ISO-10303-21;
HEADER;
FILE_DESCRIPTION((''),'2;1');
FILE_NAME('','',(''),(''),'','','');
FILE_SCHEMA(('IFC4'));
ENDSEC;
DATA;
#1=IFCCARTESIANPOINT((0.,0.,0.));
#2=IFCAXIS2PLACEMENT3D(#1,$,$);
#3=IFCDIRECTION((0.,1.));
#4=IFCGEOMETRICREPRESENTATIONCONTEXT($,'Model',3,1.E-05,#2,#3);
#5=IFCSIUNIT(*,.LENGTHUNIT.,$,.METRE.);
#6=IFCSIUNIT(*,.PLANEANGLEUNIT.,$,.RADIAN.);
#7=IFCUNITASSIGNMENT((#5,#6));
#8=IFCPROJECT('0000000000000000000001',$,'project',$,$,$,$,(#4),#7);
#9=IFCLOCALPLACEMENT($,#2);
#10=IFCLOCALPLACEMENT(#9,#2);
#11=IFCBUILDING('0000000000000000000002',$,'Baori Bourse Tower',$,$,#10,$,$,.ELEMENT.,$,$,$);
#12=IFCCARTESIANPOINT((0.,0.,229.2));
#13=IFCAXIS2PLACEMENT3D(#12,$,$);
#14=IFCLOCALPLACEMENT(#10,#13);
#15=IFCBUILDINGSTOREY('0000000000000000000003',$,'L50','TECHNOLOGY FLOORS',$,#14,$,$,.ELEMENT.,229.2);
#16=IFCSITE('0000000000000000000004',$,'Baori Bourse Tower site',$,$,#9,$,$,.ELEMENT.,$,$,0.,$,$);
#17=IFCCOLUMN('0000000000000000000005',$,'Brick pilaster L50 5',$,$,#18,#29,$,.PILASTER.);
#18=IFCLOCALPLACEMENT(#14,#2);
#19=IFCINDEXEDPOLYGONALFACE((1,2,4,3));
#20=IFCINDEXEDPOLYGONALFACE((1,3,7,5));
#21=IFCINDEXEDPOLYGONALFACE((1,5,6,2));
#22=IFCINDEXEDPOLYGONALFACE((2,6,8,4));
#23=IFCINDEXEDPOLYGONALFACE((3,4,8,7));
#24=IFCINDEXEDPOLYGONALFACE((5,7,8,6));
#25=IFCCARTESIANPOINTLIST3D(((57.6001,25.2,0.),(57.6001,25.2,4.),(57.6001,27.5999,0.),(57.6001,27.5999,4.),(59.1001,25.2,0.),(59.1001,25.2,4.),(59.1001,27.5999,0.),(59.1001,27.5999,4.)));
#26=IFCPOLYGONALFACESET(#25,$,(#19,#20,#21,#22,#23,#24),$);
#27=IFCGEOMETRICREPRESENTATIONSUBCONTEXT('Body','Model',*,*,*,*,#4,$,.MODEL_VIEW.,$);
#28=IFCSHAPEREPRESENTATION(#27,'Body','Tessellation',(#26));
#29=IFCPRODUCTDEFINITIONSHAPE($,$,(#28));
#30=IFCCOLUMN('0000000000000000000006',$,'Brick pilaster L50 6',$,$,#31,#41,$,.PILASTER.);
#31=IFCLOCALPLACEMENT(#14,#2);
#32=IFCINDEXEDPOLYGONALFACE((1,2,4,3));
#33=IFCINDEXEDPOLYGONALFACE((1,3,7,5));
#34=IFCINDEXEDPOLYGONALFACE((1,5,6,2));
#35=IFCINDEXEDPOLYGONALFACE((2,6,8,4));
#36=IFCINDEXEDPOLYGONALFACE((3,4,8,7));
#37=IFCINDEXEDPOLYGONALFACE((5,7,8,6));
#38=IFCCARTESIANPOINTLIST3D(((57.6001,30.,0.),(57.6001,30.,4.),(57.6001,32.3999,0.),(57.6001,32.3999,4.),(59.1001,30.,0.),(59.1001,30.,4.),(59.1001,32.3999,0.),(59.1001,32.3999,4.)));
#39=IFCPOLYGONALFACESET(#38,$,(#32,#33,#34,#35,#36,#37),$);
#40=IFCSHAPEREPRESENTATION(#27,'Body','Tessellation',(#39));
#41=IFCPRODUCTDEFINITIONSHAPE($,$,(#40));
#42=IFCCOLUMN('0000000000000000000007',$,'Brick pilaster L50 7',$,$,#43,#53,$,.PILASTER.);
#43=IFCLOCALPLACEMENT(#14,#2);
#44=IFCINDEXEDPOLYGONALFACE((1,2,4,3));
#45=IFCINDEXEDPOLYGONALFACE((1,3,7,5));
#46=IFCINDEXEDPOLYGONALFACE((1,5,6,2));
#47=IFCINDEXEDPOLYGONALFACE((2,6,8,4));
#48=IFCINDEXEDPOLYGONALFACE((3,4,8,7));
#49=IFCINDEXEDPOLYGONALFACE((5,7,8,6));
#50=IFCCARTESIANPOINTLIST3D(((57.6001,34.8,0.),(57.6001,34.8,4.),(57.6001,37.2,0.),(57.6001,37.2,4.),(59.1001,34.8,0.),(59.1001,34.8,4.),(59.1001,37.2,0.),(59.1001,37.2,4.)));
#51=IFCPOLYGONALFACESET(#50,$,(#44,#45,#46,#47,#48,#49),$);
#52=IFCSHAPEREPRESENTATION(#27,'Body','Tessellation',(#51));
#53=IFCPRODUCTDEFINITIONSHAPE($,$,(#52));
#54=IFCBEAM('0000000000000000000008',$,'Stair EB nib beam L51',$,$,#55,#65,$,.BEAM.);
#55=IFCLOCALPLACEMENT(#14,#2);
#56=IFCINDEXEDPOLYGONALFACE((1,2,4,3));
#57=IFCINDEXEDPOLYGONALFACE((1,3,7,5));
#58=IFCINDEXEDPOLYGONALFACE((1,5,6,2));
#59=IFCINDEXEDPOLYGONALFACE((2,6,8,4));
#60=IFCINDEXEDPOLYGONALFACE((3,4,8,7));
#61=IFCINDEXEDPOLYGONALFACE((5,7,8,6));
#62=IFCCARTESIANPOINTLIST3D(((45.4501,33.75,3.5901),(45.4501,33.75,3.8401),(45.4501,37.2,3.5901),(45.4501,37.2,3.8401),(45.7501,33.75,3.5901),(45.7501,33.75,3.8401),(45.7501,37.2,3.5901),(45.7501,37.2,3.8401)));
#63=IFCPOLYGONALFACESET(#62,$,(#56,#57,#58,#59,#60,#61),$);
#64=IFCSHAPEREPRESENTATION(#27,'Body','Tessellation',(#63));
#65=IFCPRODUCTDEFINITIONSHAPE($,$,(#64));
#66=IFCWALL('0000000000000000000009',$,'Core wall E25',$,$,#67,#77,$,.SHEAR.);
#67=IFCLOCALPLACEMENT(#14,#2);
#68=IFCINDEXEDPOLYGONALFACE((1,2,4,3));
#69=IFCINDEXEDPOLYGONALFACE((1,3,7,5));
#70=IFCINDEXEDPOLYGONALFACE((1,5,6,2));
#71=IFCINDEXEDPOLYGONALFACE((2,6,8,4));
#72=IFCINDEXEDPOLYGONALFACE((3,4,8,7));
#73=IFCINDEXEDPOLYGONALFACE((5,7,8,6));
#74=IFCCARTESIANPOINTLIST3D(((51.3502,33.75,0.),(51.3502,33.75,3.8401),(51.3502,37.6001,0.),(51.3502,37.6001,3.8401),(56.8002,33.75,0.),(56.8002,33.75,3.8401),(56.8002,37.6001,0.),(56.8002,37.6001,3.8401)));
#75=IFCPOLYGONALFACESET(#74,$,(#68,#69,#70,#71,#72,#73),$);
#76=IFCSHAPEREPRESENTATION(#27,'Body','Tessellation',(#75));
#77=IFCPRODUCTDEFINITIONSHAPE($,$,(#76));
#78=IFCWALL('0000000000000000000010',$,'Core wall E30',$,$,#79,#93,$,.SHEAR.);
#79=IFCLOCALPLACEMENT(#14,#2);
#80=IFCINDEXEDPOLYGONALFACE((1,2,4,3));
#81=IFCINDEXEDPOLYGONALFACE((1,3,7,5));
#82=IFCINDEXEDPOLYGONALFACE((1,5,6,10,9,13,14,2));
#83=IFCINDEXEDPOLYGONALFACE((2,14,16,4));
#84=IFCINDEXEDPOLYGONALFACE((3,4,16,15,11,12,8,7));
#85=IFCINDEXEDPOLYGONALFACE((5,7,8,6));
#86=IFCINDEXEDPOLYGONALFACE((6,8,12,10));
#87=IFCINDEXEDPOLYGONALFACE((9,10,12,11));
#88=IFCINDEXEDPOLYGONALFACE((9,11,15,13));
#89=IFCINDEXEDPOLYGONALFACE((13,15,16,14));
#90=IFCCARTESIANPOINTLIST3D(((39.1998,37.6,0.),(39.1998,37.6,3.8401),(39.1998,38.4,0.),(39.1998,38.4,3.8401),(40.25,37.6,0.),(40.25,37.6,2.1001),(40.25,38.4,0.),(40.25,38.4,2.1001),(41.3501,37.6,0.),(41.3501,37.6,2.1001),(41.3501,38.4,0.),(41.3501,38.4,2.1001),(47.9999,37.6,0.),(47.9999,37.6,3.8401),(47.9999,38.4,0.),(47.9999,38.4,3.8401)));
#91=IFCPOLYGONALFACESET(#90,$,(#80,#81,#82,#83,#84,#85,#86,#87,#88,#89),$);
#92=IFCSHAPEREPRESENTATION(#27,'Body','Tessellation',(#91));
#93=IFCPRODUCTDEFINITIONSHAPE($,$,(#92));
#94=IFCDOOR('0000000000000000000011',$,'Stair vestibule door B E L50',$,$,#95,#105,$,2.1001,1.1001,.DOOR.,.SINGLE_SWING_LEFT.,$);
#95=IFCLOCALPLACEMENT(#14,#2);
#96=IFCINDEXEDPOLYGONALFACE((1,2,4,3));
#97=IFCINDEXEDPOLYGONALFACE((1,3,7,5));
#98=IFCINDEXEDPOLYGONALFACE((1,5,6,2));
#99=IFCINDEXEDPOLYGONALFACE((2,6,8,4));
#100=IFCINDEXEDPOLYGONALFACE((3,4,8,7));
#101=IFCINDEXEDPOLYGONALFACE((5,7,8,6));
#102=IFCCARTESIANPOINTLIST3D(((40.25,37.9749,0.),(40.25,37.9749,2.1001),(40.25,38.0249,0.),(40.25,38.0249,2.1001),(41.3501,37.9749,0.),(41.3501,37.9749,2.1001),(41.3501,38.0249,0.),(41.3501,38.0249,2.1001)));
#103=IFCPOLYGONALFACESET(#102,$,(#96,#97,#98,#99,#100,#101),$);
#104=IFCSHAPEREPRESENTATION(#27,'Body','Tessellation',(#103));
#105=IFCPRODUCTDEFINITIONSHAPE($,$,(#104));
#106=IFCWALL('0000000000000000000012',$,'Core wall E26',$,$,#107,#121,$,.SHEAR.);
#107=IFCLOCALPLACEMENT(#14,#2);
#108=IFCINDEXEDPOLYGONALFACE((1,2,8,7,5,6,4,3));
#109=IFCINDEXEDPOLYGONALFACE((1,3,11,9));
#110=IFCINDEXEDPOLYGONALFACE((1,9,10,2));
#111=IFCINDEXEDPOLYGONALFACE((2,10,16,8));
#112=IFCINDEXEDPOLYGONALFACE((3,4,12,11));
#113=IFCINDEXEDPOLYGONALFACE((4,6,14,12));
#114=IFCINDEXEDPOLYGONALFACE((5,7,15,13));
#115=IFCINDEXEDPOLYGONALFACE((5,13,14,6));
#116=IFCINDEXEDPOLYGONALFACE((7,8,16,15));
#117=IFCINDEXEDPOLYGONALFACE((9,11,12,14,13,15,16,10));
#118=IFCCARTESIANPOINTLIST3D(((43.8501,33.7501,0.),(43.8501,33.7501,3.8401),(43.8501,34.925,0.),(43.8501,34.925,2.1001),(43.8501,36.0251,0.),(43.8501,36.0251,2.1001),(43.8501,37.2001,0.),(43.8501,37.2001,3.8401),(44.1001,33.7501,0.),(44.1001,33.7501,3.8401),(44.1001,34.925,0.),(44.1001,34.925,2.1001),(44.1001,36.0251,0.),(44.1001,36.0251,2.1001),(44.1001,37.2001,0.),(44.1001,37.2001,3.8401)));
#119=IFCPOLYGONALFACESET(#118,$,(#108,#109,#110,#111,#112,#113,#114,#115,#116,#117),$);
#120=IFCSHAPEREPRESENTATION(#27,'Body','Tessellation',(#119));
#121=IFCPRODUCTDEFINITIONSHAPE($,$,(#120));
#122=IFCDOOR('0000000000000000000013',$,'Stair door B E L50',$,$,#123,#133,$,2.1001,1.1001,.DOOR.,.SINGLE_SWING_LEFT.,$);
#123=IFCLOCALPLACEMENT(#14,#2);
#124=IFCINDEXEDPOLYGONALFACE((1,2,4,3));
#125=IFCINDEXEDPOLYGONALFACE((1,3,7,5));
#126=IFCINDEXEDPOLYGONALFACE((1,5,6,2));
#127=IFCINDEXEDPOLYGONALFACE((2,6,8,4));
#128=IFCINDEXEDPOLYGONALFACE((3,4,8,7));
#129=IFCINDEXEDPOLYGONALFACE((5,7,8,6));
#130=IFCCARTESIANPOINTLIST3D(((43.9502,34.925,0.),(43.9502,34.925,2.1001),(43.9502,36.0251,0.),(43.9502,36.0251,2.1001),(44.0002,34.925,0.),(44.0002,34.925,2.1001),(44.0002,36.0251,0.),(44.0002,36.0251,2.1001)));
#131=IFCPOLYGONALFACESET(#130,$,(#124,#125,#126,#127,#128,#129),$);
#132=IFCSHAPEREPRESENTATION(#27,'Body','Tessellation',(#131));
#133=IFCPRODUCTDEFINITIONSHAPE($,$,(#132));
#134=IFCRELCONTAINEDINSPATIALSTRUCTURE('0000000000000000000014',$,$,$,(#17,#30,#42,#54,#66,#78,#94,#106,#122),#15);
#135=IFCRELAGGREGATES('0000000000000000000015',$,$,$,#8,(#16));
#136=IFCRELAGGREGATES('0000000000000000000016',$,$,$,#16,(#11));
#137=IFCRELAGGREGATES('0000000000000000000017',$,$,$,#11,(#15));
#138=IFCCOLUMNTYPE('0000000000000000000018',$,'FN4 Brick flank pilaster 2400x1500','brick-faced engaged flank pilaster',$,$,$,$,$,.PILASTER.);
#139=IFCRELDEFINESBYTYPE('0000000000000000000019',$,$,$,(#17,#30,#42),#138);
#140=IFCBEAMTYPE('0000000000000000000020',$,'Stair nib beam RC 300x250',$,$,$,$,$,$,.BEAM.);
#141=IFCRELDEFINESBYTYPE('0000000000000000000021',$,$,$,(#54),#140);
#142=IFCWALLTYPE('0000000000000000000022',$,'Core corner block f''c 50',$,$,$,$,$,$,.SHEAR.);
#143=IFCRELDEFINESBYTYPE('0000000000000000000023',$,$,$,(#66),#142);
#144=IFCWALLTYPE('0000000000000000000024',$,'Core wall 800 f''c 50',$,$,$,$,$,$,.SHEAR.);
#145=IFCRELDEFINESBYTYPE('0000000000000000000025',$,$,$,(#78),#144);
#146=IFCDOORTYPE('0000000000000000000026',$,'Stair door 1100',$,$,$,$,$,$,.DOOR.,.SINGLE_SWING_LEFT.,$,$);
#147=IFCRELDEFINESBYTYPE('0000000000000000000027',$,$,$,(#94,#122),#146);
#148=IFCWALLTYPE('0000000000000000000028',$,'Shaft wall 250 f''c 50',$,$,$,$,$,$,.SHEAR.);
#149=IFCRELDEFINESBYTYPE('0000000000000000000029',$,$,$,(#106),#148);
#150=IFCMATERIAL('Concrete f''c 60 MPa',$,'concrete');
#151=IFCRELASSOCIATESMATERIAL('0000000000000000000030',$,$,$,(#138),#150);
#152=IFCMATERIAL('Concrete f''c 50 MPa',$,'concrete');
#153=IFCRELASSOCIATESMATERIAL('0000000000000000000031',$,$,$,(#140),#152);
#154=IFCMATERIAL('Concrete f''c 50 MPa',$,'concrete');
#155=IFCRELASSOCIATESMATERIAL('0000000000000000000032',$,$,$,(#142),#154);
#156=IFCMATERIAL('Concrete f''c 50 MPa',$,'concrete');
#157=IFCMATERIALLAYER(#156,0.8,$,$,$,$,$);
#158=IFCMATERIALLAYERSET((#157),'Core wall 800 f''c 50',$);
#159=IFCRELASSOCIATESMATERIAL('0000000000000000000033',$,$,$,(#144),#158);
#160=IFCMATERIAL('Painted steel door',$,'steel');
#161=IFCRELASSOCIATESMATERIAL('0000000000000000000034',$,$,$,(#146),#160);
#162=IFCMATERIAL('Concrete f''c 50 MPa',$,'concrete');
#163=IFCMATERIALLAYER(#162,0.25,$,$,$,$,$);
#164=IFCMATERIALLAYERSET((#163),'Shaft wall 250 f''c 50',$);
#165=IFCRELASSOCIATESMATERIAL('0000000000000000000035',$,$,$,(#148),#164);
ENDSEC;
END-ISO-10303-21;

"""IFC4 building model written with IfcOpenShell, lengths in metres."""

from ifc_helpers import new_model, si_unit, direction, frame, frame_2d, origin, origin_2d, place, context, subcontext, project, spatial, rectangle, extrude, material, layer, layer_set, material_profile, profile_set, type_object, element, fill, save


model = new_model("IFC4")

# Units and contexts
model_context = context("Model", 3, precision=1e-05, world=origin(), true_north=direction((0.0, 1.0)))
body_context = subcontext(model_context, "Body", "Model", "MODEL_VIEW")
ifc_project = project(units=[si_unit("LENGTHUNIT", "METRE"), si_unit("PLANEANGLEUNIT", "RADIAN")], contexts=[model_context])

# Site, building, storey
site_placement = place(None, origin())
site = spatial("IfcSite", under=ifc_project, at=site_placement, Name="Baori Bourse Tower site", CompositionType="ELEMENT", RefElevation=0.0)
building_placement = place(site_placement, origin())
building = spatial("IfcBuilding", under=site, at=building_placement, Name="Baori Bourse Tower", CompositionType="ELEMENT")
storey_placement = place(building_placement, frame((0.0, 0.0, 229.2)))
storey = spatial("IfcBuildingStorey", under=building, at=storey_placement, Name="L50", Description="TECHNOLOGY FLOORS", CompositionType="ELEMENT", Elevation=229.2)

# Columns
ifc_material_1 = material(Name="Concrete f'c 60 MPa", Category="concrete")
ifc_material_profile_1 = material_profile(ifc_material_1, rectangle(XDim=2.3999, YDim=1.5, at=origin_2d()), Name="RC 2400x1500")
ifc_profile_set_1 = profile_set([ifc_material_profile_1], Name="Concrete f'c 60 MPa")
column_type = type_object("IfcColumnType", Name="FN4 Brick flank pilaster 2400x1500", Description="brick-faced engaged flank pilaster", PredefinedType="PILASTER", material=ifc_profile_set_1)
for number, where, z_axis, x_axis, name in (
    (1, (58.3501, 26.3999, 0.0), (0.0, 0.0, 1.0), (0.0, 1.0, 0.0), "Brick pilaster L50 5"),
    (2, (58.3501, 31.2, 0.0), (0.0, 0.0, 1.0), (0.0, 1.0, 0.0), "Brick pilaster L50 6"),
    (3, (58.3501, 36.0, 0.0), (0.0, 0.0, 1.0), (0.0, 1.0, 0.0), "Brick pilaster L50 7"),
):
    element("IfcColumn", number, at=place(storey_placement, frame(where, z_axis=z_axis, x_axis=x_axis)), inside=storey, type_object=column_type, Name=name, PredefinedType="PILASTER", context=body_context, shape_type="SweptSolid", body=[
        extrude(rectangle(XDim=2.3999, YDim=1.5, at=origin_2d()), origin(), (0.0, 0.0, 1.0), 4.0),
    ])

# Beam
ifc_material_2 = material(Name="Concrete f'c 50 MPa", Category="concrete")
ifc_material_profile_2 = material_profile(ifc_material_2, rectangle(XDim=0.3, YDim=0.25, at=origin_2d()), Name="RC 300x250")
ifc_profile_set_2 = profile_set([ifc_material_profile_2], Name="Concrete f'c 50 MPa")
beam_type = type_object("IfcBeamType", Name="Stair nib beam RC 300x250", PredefinedType="BEAM", material=ifc_profile_set_2)
beam_placement = place(storey_placement, frame((45.6001, 33.75, 3.7151), z_axis=(0.0, 1.0, 0.0), x_axis=(-1.0, 0.0, 0.0)))
element("IfcBeam", 4, at=beam_placement, inside=storey, type_object=beam_type, Name="Stair EB nib beam L51", PredefinedType="BEAM", context=body_context, shape_type="SweptSolid", body=[
    extrude(rectangle(XDim=0.3, YDim=0.25, at=origin_2d()), origin(), (0.0, 0.0, 1.0), 3.45),
])

# Wall
ifc_material_3 = material(Name="Concrete f'c 50 MPa", Category="concrete")
wall_type_1 = type_object("IfcWallType", Name="Core corner block f'c 50", PredefinedType="SHEAR", material=ifc_material_3)
wall_1_placement = place(storey_placement, frame((51.3501, 35.675, 0.0), z_axis=(0.0, 0.0, 1.0), x_axis=(1.0, 0.0, 0.0)))
element("IfcWall", 5, at=wall_1_placement, inside=storey, type_object=wall_type_1, Name="Core wall E25", PredefinedType="SHEAR", context=body_context, shape_type="SweptSolid", body=[
    extrude(rectangle(XDim=5.45, YDim=3.8501, at=frame_2d((2.7251, 0.0))), origin(), (0.0, 0.0, 1.0), 3.8401),
])

# Walls, openings, doors
ifc_material_4 = material(Name="Concrete f'c 50 MPa", Category="concrete")
ifc_layer_1 = layer(ifc_material_4, 0.8)
ifc_layer_set_1 = layer_set([ifc_layer_1], Name="Core wall 800 f'c 50")
wall_type_2 = type_object("IfcWallType", Name="Core wall 800 f'c 50", PredefinedType="SHEAR", material=ifc_layer_set_1)
wall_2_placement = place(storey_placement, frame((39.2, 38.0, 0.0), z_axis=(0.0, 0.0, 1.0), x_axis=(1.0, 0.0, 0.0)))
wall_2 = element("IfcWall", 6, at=wall_2_placement, inside=storey, type_object=wall_type_2, Name="Core wall E30", PredefinedType="SHEAR", context=body_context, shape_type="SweptSolid", body=[
    extrude(rectangle(XDim=8.8, YDim=0.8, at=frame_2d((4.3999, 0.0))), origin(), (0.0, 0.0, 1.0), 3.8401),
])
opening_1_placement = place(wall_2_placement, frame((1.05, 0.0, 0.0)))
opening_1 = element("IfcOpeningElement", 7, at=opening_1_placement, cuts=wall_2, PredefinedType="OPENING", context=body_context, shape_type="SweptSolid", body=[
    extrude(rectangle(XDim=1.1001, YDim=2.1001, at=frame_2d((0.55, 1.05))), frame((0.0, 0.4099, 0.0), z_axis=(0.0, -1.0, 0.0), x_axis=(1.0, 0.0, 0.0)), (0.0, 0.0, 1.0), 0.8201),
])
ifc_material_5 = material(Name="Painted steel door", Category="steel")
door_type_1 = type_object("IfcDoorType", Name="Stair door 1100", OperationType="SINGLE_SWING_LEFT", PredefinedType="DOOR", material=ifc_material_5)
door_1_placement = place(opening_1_placement, origin())
door_1 = element("IfcDoor", 8, at=door_1_placement, inside=storey, type_object=door_type_1, Name="Stair vestibule door B E L50", OperationType="SINGLE_SWING_LEFT", OverallHeight=2.1001, OverallWidth=1.1001, PredefinedType="DOOR", context=body_context, shape_type="SweptSolid", body=[
    extrude(rectangle(XDim=1.1001, YDim=2.1001, at=frame_2d((0.55, 1.05))), frame((0.0, 0.0249, 0.0), z_axis=(0.0, -1.0, 0.0), x_axis=(1.0, 0.0, 0.0)), (0.0, 0.0, 1.0), 0.05),
])
fill(opening_1, door_1)
ifc_material_6 = material(Name="Concrete f'c 50 MPa", Category="concrete")
ifc_layer_2 = layer(ifc_material_6, 0.25)
ifc_layer_set_2 = layer_set([ifc_layer_2], Name="Shaft wall 250 f'c 50")
wall_type_3 = type_object("IfcWallType", Name="Shaft wall 250 f'c 50", PredefinedType="SHEAR", material=ifc_layer_set_2)
wall_3_placement = place(storey_placement, frame((43.9751, 33.75, 0.0), z_axis=(0.0, 0.0, 1.0), x_axis=(0.0, 1.0, 0.0)))
wall_3 = element("IfcWall", 9, at=wall_3_placement, inside=storey, type_object=wall_type_3, Name="Core wall E26", PredefinedType="SHEAR", context=body_context, shape_type="SweptSolid", body=[
    extrude(rectangle(XDim=3.45, YDim=0.25, at=frame_2d((1.7251, 0.0))), origin(), (0.0, 0.0, 1.0), 3.8401),
])
opening_2_placement = place(wall_3_placement, frame((1.175, 0.0, 0.0)))
opening_2 = element("IfcOpeningElement", 10, at=opening_2_placement, cuts=wall_3, PredefinedType="OPENING", context=body_context, shape_type="SweptSolid", body=[
    extrude(rectangle(XDim=1.1001, YDim=2.1001, at=frame_2d((0.55, 1.05))), frame((0.0, 0.135, 0.0), z_axis=(0.0, -1.0, 0.0), x_axis=(1.0, 0.0, 0.0)), (0.0, 0.0, 1.0), 0.27),
])
door_2_placement = place(opening_2_placement, origin())
door_2 = element("IfcDoor", 11, at=door_2_placement, inside=storey, type_object=door_type_1, Name="Stair door B E L50", OperationType="SINGLE_SWING_LEFT", OverallHeight=2.1001, OverallWidth=1.1001, PredefinedType="DOOR", context=body_context, shape_type="SweptSolid", body=[
    extrude(rectangle(XDim=1.1001, YDim=2.1001, at=frame_2d((0.55, 1.05))), frame((0.0, 0.0249, 0.0), z_axis=(0.0, -1.0, 0.0), x_axis=(1.0, 0.0, 0.0)), (0.0, 0.0, 1.0), 0.05),
])
fill(opening_2, door_2)

save(model, "model.ifc")
